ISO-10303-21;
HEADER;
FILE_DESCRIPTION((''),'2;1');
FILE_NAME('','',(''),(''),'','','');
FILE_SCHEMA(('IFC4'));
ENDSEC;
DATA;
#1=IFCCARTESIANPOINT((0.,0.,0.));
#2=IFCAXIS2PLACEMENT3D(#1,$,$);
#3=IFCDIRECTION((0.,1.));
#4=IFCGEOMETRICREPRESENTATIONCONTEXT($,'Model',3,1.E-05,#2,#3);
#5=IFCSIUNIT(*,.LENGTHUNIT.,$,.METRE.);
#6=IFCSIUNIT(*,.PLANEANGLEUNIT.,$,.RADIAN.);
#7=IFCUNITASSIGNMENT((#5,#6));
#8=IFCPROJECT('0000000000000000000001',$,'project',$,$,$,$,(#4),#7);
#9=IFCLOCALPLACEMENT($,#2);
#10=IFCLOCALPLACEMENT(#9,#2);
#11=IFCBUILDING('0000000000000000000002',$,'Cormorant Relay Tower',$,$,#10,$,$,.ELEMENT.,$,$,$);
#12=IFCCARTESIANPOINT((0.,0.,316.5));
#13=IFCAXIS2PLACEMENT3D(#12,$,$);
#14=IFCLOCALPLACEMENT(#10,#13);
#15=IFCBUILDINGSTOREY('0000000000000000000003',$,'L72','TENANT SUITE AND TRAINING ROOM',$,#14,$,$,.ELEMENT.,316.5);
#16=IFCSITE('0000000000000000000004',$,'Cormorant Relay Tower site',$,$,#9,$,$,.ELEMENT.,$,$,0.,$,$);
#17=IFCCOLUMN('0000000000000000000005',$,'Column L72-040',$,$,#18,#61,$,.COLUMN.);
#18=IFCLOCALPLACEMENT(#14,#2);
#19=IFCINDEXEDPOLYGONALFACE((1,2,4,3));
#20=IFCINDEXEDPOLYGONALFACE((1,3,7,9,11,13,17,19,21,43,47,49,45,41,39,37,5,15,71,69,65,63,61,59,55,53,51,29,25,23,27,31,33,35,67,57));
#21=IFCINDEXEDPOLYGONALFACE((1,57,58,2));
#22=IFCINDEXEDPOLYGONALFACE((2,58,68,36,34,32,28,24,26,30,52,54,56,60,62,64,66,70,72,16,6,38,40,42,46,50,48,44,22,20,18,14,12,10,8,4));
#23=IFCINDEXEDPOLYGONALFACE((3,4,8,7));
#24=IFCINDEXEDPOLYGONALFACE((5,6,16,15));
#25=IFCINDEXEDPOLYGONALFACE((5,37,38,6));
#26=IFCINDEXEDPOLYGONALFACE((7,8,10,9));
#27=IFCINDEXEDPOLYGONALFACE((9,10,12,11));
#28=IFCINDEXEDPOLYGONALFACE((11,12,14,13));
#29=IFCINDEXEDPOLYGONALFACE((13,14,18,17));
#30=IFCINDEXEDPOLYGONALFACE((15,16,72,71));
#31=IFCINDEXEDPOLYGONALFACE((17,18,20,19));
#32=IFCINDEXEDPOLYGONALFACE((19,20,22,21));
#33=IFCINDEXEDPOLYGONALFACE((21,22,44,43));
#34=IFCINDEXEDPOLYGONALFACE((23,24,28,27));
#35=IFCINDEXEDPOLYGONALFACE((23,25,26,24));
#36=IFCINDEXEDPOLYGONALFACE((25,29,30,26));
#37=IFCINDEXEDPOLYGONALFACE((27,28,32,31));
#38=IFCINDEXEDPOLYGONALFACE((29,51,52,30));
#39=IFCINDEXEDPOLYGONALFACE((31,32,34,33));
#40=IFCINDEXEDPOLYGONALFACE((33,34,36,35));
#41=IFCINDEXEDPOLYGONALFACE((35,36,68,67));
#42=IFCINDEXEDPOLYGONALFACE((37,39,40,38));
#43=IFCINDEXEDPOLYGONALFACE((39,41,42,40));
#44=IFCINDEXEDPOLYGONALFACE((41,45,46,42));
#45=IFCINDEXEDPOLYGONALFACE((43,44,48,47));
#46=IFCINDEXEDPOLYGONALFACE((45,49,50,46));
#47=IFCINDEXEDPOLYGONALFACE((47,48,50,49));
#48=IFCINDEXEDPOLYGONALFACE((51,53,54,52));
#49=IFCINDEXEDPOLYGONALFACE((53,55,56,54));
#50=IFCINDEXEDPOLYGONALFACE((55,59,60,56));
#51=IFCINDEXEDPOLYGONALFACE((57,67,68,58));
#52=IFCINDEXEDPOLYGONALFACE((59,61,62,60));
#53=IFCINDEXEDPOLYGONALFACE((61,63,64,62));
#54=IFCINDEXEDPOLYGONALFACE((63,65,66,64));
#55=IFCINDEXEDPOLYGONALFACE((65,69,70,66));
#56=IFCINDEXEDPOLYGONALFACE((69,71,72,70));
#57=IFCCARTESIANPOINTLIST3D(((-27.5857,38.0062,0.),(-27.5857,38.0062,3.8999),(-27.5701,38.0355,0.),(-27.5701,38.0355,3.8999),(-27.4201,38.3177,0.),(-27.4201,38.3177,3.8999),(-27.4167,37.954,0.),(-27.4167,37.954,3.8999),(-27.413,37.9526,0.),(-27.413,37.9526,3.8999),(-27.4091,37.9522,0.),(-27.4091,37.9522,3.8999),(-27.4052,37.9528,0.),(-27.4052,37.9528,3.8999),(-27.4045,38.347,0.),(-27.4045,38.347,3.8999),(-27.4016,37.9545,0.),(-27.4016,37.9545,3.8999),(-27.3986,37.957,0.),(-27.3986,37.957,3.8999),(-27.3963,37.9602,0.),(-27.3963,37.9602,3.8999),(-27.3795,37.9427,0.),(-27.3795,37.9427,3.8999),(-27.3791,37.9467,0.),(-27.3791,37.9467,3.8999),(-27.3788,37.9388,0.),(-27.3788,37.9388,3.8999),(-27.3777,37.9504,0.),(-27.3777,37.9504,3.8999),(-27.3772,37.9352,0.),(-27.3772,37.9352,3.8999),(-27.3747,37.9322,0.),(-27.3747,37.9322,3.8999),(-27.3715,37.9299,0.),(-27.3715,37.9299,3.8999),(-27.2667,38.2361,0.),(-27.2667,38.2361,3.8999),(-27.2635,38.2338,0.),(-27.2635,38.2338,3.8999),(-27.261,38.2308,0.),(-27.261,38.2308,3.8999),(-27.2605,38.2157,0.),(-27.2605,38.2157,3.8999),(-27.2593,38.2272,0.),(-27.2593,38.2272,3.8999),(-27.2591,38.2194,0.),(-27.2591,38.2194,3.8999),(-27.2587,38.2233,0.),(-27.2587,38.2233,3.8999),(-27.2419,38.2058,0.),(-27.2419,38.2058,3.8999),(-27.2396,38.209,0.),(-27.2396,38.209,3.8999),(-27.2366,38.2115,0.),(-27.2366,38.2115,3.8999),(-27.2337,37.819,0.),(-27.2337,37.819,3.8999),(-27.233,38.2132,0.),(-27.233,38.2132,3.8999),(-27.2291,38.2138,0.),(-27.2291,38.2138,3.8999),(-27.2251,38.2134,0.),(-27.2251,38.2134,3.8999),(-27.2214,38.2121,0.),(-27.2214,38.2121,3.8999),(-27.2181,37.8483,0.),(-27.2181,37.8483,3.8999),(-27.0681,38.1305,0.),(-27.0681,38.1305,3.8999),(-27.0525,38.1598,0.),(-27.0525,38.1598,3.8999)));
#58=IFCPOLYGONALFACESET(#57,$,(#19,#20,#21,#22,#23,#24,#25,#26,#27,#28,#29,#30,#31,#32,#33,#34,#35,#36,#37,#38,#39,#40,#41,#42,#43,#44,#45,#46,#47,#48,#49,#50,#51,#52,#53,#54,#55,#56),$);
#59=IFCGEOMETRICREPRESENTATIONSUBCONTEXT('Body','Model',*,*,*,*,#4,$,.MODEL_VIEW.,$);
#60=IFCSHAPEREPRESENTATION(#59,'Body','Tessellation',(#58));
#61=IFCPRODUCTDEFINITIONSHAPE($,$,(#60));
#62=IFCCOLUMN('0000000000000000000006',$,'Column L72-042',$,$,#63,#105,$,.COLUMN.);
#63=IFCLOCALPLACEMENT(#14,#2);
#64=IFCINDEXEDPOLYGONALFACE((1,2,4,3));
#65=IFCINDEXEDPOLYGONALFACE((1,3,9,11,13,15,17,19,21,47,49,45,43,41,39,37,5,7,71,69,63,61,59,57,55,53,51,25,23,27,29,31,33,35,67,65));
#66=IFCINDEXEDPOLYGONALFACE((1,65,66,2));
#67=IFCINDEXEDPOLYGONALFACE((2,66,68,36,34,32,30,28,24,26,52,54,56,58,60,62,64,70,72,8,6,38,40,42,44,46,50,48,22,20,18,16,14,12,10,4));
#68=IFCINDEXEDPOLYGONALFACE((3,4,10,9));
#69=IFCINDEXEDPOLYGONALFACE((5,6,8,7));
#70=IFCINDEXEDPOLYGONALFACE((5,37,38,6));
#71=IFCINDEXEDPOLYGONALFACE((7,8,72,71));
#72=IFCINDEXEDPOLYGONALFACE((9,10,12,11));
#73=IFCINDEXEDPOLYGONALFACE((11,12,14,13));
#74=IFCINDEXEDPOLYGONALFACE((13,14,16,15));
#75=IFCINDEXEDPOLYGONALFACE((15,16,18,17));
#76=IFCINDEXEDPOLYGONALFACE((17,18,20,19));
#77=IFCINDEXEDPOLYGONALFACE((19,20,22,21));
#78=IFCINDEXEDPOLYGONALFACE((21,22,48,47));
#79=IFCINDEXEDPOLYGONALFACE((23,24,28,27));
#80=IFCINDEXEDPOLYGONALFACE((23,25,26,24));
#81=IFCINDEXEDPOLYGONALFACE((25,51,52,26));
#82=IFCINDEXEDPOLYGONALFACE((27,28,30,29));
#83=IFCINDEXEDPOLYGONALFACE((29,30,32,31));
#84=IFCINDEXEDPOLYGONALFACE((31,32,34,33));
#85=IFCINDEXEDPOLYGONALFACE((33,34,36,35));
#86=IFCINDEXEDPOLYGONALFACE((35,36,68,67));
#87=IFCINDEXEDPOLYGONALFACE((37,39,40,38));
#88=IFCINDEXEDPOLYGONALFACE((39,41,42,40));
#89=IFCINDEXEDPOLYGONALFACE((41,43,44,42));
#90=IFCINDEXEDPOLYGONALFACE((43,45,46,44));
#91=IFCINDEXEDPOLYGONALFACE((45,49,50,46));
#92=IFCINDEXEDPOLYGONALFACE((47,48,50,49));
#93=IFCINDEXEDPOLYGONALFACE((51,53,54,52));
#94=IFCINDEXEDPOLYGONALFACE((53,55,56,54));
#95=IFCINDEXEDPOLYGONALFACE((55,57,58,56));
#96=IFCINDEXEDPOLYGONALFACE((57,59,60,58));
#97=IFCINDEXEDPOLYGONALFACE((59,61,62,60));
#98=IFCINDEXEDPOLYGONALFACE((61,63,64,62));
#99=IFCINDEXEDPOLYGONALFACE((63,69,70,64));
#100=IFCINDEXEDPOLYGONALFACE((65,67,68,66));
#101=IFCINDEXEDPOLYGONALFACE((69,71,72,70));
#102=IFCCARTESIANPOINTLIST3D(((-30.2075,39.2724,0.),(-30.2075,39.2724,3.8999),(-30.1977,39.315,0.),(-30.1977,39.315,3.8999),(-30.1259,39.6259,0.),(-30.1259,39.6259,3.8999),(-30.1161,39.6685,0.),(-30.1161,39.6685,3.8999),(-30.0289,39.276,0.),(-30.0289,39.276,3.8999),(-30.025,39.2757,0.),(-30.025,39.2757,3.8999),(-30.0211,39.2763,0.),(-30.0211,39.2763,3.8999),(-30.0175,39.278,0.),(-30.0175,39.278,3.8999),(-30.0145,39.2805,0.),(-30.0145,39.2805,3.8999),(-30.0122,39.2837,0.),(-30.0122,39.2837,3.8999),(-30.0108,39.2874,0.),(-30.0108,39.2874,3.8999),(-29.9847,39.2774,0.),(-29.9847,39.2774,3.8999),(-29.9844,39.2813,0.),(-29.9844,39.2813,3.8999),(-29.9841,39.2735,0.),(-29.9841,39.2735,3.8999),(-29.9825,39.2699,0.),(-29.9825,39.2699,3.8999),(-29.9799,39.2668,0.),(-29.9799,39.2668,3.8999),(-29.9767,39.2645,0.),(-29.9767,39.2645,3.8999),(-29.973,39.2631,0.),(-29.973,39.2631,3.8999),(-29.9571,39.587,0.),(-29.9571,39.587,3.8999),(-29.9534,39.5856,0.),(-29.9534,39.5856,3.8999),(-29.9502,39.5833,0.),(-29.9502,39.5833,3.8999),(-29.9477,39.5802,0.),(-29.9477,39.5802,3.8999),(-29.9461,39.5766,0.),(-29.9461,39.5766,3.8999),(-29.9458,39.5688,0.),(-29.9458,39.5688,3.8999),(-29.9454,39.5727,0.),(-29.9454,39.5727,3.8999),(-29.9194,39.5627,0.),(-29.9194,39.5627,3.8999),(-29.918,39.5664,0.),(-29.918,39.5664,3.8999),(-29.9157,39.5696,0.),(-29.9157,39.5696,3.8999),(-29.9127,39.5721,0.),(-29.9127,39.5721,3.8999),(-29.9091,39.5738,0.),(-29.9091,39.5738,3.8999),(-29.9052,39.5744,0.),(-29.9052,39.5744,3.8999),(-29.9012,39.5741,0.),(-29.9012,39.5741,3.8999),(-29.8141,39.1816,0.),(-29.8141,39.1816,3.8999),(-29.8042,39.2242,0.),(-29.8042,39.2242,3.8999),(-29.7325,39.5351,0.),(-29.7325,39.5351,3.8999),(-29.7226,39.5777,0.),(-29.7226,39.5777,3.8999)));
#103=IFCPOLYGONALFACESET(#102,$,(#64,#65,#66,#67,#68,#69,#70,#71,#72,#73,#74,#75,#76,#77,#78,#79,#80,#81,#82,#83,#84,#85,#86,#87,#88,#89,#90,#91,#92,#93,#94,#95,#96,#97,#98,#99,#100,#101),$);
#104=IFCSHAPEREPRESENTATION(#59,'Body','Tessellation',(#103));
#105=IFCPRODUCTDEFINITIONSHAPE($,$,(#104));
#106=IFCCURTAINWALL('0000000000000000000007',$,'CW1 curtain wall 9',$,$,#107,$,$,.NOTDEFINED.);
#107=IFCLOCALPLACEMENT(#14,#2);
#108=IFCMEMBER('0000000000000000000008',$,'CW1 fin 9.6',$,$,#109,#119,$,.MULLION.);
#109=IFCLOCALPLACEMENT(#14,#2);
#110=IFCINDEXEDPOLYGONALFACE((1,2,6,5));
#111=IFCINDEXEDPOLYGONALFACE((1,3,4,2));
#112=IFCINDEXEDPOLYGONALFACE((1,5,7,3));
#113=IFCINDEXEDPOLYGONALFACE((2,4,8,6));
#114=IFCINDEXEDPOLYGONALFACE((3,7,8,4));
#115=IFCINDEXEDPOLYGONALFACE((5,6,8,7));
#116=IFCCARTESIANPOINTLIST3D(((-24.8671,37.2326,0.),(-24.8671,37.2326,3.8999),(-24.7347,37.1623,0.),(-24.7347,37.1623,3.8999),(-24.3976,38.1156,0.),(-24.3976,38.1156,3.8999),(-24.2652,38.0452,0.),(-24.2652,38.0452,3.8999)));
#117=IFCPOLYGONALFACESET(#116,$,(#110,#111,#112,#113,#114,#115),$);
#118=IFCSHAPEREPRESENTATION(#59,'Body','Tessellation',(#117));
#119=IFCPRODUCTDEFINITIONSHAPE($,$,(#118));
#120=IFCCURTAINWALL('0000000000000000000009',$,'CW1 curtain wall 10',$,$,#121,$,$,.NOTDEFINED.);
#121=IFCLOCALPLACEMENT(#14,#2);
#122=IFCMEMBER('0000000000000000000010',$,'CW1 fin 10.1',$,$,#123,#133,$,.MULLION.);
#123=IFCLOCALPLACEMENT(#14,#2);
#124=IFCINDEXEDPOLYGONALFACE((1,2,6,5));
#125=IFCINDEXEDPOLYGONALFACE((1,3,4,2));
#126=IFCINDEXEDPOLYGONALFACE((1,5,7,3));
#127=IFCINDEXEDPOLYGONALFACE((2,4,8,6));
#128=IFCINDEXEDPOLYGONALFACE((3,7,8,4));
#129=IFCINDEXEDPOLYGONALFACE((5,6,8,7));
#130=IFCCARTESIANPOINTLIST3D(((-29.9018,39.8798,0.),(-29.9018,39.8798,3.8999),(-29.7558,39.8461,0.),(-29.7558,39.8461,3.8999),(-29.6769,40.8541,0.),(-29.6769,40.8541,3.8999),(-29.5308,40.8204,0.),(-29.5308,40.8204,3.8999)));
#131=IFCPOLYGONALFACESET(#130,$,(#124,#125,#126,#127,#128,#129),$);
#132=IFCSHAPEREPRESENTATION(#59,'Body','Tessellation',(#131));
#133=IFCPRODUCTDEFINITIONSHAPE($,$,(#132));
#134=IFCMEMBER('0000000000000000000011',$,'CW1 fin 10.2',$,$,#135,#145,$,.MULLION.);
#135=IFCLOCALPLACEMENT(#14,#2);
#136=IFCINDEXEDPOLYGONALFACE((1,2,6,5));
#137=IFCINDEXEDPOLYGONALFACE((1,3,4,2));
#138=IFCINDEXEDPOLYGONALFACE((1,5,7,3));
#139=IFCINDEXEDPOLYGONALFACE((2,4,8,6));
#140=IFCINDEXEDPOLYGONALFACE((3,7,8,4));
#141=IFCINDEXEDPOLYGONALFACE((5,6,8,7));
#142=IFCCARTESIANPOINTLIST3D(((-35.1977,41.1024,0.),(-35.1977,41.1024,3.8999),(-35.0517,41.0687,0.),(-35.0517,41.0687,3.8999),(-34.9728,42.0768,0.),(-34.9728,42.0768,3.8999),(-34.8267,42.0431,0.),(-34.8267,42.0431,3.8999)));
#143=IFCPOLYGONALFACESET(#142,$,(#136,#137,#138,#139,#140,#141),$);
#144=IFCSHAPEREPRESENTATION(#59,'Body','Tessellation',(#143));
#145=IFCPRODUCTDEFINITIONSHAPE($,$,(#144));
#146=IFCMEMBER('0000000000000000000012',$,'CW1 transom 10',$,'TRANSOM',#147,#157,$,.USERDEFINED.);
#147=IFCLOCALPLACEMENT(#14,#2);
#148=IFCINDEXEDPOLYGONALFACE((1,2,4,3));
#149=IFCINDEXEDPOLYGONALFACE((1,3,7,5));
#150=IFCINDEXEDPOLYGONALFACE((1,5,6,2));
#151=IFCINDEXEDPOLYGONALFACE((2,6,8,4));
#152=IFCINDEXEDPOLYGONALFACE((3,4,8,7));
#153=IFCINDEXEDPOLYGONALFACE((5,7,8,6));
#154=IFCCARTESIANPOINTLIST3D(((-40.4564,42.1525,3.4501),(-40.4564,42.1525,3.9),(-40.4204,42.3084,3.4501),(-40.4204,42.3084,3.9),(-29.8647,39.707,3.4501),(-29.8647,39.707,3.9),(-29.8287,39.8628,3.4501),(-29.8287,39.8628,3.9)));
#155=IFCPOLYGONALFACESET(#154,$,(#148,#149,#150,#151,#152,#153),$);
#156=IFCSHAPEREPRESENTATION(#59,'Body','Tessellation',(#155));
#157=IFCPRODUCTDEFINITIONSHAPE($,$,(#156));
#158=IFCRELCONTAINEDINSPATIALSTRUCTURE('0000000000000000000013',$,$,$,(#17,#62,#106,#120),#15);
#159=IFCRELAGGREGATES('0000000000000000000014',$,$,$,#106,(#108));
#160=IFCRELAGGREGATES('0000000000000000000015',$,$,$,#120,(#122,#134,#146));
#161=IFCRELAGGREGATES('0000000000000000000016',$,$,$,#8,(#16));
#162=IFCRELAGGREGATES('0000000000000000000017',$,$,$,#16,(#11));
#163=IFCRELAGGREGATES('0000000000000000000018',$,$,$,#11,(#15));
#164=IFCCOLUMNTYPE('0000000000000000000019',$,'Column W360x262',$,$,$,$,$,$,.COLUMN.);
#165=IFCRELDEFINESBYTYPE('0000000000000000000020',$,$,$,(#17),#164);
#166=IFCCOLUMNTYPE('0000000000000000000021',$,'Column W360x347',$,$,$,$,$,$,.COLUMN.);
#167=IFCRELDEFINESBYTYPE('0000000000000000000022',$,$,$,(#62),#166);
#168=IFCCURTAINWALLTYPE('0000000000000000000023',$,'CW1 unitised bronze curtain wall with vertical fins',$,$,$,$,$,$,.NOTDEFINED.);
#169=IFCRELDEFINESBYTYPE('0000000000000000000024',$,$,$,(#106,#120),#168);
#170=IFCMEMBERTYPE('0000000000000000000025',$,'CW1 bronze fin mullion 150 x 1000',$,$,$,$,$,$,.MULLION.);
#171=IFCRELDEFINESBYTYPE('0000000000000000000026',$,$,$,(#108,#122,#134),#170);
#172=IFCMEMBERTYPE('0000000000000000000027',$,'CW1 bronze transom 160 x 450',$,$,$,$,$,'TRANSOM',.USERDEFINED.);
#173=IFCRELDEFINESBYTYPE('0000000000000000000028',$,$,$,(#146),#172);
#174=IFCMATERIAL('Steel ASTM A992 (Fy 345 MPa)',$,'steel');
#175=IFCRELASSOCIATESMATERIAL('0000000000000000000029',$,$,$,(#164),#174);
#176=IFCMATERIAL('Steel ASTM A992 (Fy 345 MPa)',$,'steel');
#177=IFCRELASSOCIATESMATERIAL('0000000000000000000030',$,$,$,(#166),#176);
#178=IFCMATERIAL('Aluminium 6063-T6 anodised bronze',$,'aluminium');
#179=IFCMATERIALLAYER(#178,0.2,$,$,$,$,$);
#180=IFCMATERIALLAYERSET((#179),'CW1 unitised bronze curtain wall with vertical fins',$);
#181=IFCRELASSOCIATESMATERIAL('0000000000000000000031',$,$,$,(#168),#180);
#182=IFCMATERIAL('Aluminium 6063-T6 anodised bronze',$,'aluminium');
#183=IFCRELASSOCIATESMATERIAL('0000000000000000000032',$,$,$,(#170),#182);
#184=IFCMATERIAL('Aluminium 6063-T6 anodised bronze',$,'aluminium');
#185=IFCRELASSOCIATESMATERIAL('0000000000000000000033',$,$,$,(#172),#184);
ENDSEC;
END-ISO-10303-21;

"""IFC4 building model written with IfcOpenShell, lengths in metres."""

from ifc_helpers import new_model, si_unit, direction, frame, origin, origin_2d, place, context, subcontext, project, spatial, rectangle, i_section, extrude, material, layer, layer_set, material_profile, profile_set, type_object, element, aggregate, save


model = new_model("IFC4")

# Units and contexts
model_context = context("Model", 3, precision=1e-05, world=origin(), true_north=direction((0.0, 1.0)))
body_context = subcontext(model_context, "Body", "Model", "MODEL_VIEW")
ifc_project = project(units=[si_unit("LENGTHUNIT", "METRE"), si_unit("PLANEANGLEUNIT", "RADIAN")], contexts=[model_context])

# Site, building, storey
site_placement = place(None, origin())
site = spatial("IfcSite", under=ifc_project, at=site_placement, Name="Cormorant Relay Tower site", CompositionType="ELEMENT", RefElevation=0.0)
building_placement = place(site_placement, origin())
building = spatial("IfcBuilding", under=site, at=building_placement, Name="Cormorant Relay Tower", CompositionType="ELEMENT")
storey_placement = place(building_placement, frame((0.0, 0.0, 316.5)))
storey = spatial("IfcBuildingStorey", under=building, at=storey_placement, Name="L72", Description="TENANT SUITE AND TRAINING ROOM", CompositionType="ELEMENT", Elevation=316.5)

# Columns
ifc_material_1 = material(Name="Steel ASTM A992 (Fy 345 MPa)", Category="steel")
ifc_material_profile_1 = material_profile(ifc_material_1, i_section(OverallWidth=0.3987, OverallDepth=0.386, WebThickness=0.021, FlangeThickness=0.0332, FilletRadius=0.0151, at=origin_2d()), Name="W360x262")
ifc_profile_set_1 = profile_set([ifc_material_profile_1], Name="Steel ASTM A992 (Fy 345 MPa)")
column_type_1 = type_object("IfcColumnType", Name="Column W360x262", PredefinedType="COLUMN", material=ifc_profile_set_1)
column_1_placement = place(storey_placement, frame((-27.3191, 38.083, 0.0), z_axis=(0.0, 0.0, 1.0), x_axis=(-0.882948, 0.469472, 0.0)))
element("IfcColumn", 1, at=column_1_placement, inside=storey, type_object=column_type_1, Name="Column L72-040", PredefinedType="COLUMN", context=body_context, shape_type="SweptSolid", body=[
    extrude(i_section(OverallWidth=0.3987, OverallDepth=0.386, WebThickness=0.021, FlangeThickness=0.0332, FilletRadius=0.0151, at=origin_2d()), origin(), (0.0, 0.0, 1.0), 3.8999),
])
ifc_material_2 = material(Name="Steel ASTM A992 (Fy 345 MPa)", Category="steel")
ifc_material_profile_2 = material_profile(ifc_material_2, i_section(OverallWidth=0.4038, OverallDepth=0.4065, WebThickness=0.0271, FlangeThickness=0.0437, FilletRadius=0.0151, at=origin_2d()), Name="W360x347")
ifc_profile_set_2 = profile_set([ifc_material_profile_2], Name="Steel ASTM A992 (Fy 345 MPa)")
column_type_2 = type_object("IfcColumnType", Name="Column W360x347", PredefinedType="COLUMN", material=ifc_profile_set_2)
column_2_placement = place(storey_placement, frame((-29.9651, 39.425, 0.0), z_axis=(0.0, 0.0, 1.0), x_axis=(-0.97437, 0.224951, 0.0)))
element("IfcColumn", 2, at=column_2_placement, inside=storey, type_object=column_type_2, Name="Column L72-042", PredefinedType="COLUMN", context=body_context, shape_type="SweptSolid", body=[
    extrude(i_section(OverallWidth=0.4038, OverallDepth=0.4065, WebThickness=0.0271, FlangeThickness=0.0437, FilletRadius=0.0151, at=origin_2d()), origin(), (0.0, 0.0, 1.0), 3.8999),
])

# Curtain wall, member
ifc_material_3 = material(Name="Aluminium 6063-T6 anodised bronze", Category="aluminium")
ifc_layer_1 = layer(ifc_material_3, 0.2)
ifc_layer_set_1 = layer_set([ifc_layer_1], Name="CW1 unitised bronze curtain wall with vertical fins")
curtain_wall_type = type_object("IfcCurtainWallType", Name="CW1 unitised bronze curtain wall with vertical fins", PredefinedType="NOTDEFINED", material=ifc_layer_set_1)
curtain_wall_1_placement = place(storey_placement, origin())
curtain_wall_1 = element("IfcCurtainWall", 3, at=curtain_wall_1_placement, inside=storey, type_object=curtain_wall_type, Name="CW1 curtain wall 9", PredefinedType="NOTDEFINED")
ifc_material_4 = material(Name="Aluminium 6063-T6 anodised bronze", Category="aluminium")
ifc_material_profile_3 = material_profile(ifc_material_4, rectangle(XDim=0.1499, YDim=1.0, at=origin_2d()), Name="AL 150x1000")
ifc_profile_set_3 = profile_set([ifc_material_profile_3], Name="Aluminium 6063-T6 anodised bronze")
member_type_1 = type_object("IfcMemberType", Name="CW1 bronze fin mullion 150 x 1000", PredefinedType="MULLION", material=ifc_profile_set_3)
member_1_placement = place(storey_placement, frame((-24.5662, 37.6389, 0.0), z_axis=(0.0, 0.0, 1.0), x_axis=(-0.882948, 0.469472, 0.0)))
member_1 = element("IfcMember", 4, at=member_1_placement, type_object=member_type_1, Name="CW1 fin 9.6", PredefinedType="MULLION", context=body_context, shape_type="SweptSolid", body=[
    extrude(rectangle(XDim=0.1499, YDim=1.0, at=origin_2d()), origin(), (0.0, 0.0, 1.0), 3.8999),
])

# Curtain wall, members
curtain_wall_2_placement = place(storey_placement, origin())
curtain_wall_2 = element("IfcCurtainWall", 5, at=curtain_wall_2_placement, inside=storey, type_object=curtain_wall_type, Name="CW1 curtain wall 10", PredefinedType="NOTDEFINED")
member_2_placement = place(storey_placement, frame((-29.7163, 40.3501, 0.0), z_axis=(0.0, 0.0, 1.0), x_axis=(-0.97437, 0.224951, 0.0)))
member_2 = element("IfcMember", 6, at=member_2_placement, type_object=member_type_1, Name="CW1 fin 10.1", PredefinedType="MULLION", context=body_context, shape_type="SweptSolid", body=[
    extrude(rectangle(XDim=0.1499, YDim=1.0, at=origin_2d()), origin(), (0.0, 0.0, 1.0), 3.8999),
])
member_3_placement = place(storey_placement, frame((-35.0122, 41.5728, 0.0), z_axis=(0.0, 0.0, 1.0), x_axis=(-0.97437, 0.224951, 0.0)))
member_3 = element("IfcMember", 7, at=member_3_placement, type_object=member_type_1, Name="CW1 fin 10.2", PredefinedType="MULLION", context=body_context, shape_type="SweptSolid", body=[
    extrude(rectangle(XDim=0.1499, YDim=1.0, at=origin_2d()), origin(), (0.0, 0.0, 1.0), 3.8999),
])
ifc_material_5 = material(Name="Aluminium 6063-T6 anodised bronze", Category="aluminium")
ifc_material_profile_4 = material_profile(ifc_material_5, rectangle(XDim=0.1599, YDim=0.45, at=origin_2d()), Name="AL 160x450")
ifc_profile_set_4 = profile_set([ifc_material_profile_4], Name="Aluminium 6063-T6 anodised bronze")
member_type_2 = type_object("IfcMemberType", Name="CW1 bronze transom 160 x 450", ElementType="TRANSOM", PredefinedType="USERDEFINED", material=ifc_profile_set_4)
member_4_placement = place(storey_placement, frame((-29.8467, 39.7849, 3.675), z_axis=(-0.974365, 0.224973, 0.0), x_axis=(-0.224973, -0.974365, 0.0)))
member_4 = element("IfcMember", 8, at=member_4_placement, type_object=member_type_2, Name="CW1 transom 10", ObjectType="TRANSOM", PredefinedType="USERDEFINED", context=body_context, shape_type="SweptSolid", body=[
    extrude(rectangle(XDim=0.1599, YDim=0.45, at=origin_2d()), origin(), (0.0, 0.0, 1.0), 10.8704),
])

aggregate(curtain_wall_1, [member_1])
aggregate(curtain_wall_2, [member_2, member_3, member_4])

save(model, "model.ifc")
